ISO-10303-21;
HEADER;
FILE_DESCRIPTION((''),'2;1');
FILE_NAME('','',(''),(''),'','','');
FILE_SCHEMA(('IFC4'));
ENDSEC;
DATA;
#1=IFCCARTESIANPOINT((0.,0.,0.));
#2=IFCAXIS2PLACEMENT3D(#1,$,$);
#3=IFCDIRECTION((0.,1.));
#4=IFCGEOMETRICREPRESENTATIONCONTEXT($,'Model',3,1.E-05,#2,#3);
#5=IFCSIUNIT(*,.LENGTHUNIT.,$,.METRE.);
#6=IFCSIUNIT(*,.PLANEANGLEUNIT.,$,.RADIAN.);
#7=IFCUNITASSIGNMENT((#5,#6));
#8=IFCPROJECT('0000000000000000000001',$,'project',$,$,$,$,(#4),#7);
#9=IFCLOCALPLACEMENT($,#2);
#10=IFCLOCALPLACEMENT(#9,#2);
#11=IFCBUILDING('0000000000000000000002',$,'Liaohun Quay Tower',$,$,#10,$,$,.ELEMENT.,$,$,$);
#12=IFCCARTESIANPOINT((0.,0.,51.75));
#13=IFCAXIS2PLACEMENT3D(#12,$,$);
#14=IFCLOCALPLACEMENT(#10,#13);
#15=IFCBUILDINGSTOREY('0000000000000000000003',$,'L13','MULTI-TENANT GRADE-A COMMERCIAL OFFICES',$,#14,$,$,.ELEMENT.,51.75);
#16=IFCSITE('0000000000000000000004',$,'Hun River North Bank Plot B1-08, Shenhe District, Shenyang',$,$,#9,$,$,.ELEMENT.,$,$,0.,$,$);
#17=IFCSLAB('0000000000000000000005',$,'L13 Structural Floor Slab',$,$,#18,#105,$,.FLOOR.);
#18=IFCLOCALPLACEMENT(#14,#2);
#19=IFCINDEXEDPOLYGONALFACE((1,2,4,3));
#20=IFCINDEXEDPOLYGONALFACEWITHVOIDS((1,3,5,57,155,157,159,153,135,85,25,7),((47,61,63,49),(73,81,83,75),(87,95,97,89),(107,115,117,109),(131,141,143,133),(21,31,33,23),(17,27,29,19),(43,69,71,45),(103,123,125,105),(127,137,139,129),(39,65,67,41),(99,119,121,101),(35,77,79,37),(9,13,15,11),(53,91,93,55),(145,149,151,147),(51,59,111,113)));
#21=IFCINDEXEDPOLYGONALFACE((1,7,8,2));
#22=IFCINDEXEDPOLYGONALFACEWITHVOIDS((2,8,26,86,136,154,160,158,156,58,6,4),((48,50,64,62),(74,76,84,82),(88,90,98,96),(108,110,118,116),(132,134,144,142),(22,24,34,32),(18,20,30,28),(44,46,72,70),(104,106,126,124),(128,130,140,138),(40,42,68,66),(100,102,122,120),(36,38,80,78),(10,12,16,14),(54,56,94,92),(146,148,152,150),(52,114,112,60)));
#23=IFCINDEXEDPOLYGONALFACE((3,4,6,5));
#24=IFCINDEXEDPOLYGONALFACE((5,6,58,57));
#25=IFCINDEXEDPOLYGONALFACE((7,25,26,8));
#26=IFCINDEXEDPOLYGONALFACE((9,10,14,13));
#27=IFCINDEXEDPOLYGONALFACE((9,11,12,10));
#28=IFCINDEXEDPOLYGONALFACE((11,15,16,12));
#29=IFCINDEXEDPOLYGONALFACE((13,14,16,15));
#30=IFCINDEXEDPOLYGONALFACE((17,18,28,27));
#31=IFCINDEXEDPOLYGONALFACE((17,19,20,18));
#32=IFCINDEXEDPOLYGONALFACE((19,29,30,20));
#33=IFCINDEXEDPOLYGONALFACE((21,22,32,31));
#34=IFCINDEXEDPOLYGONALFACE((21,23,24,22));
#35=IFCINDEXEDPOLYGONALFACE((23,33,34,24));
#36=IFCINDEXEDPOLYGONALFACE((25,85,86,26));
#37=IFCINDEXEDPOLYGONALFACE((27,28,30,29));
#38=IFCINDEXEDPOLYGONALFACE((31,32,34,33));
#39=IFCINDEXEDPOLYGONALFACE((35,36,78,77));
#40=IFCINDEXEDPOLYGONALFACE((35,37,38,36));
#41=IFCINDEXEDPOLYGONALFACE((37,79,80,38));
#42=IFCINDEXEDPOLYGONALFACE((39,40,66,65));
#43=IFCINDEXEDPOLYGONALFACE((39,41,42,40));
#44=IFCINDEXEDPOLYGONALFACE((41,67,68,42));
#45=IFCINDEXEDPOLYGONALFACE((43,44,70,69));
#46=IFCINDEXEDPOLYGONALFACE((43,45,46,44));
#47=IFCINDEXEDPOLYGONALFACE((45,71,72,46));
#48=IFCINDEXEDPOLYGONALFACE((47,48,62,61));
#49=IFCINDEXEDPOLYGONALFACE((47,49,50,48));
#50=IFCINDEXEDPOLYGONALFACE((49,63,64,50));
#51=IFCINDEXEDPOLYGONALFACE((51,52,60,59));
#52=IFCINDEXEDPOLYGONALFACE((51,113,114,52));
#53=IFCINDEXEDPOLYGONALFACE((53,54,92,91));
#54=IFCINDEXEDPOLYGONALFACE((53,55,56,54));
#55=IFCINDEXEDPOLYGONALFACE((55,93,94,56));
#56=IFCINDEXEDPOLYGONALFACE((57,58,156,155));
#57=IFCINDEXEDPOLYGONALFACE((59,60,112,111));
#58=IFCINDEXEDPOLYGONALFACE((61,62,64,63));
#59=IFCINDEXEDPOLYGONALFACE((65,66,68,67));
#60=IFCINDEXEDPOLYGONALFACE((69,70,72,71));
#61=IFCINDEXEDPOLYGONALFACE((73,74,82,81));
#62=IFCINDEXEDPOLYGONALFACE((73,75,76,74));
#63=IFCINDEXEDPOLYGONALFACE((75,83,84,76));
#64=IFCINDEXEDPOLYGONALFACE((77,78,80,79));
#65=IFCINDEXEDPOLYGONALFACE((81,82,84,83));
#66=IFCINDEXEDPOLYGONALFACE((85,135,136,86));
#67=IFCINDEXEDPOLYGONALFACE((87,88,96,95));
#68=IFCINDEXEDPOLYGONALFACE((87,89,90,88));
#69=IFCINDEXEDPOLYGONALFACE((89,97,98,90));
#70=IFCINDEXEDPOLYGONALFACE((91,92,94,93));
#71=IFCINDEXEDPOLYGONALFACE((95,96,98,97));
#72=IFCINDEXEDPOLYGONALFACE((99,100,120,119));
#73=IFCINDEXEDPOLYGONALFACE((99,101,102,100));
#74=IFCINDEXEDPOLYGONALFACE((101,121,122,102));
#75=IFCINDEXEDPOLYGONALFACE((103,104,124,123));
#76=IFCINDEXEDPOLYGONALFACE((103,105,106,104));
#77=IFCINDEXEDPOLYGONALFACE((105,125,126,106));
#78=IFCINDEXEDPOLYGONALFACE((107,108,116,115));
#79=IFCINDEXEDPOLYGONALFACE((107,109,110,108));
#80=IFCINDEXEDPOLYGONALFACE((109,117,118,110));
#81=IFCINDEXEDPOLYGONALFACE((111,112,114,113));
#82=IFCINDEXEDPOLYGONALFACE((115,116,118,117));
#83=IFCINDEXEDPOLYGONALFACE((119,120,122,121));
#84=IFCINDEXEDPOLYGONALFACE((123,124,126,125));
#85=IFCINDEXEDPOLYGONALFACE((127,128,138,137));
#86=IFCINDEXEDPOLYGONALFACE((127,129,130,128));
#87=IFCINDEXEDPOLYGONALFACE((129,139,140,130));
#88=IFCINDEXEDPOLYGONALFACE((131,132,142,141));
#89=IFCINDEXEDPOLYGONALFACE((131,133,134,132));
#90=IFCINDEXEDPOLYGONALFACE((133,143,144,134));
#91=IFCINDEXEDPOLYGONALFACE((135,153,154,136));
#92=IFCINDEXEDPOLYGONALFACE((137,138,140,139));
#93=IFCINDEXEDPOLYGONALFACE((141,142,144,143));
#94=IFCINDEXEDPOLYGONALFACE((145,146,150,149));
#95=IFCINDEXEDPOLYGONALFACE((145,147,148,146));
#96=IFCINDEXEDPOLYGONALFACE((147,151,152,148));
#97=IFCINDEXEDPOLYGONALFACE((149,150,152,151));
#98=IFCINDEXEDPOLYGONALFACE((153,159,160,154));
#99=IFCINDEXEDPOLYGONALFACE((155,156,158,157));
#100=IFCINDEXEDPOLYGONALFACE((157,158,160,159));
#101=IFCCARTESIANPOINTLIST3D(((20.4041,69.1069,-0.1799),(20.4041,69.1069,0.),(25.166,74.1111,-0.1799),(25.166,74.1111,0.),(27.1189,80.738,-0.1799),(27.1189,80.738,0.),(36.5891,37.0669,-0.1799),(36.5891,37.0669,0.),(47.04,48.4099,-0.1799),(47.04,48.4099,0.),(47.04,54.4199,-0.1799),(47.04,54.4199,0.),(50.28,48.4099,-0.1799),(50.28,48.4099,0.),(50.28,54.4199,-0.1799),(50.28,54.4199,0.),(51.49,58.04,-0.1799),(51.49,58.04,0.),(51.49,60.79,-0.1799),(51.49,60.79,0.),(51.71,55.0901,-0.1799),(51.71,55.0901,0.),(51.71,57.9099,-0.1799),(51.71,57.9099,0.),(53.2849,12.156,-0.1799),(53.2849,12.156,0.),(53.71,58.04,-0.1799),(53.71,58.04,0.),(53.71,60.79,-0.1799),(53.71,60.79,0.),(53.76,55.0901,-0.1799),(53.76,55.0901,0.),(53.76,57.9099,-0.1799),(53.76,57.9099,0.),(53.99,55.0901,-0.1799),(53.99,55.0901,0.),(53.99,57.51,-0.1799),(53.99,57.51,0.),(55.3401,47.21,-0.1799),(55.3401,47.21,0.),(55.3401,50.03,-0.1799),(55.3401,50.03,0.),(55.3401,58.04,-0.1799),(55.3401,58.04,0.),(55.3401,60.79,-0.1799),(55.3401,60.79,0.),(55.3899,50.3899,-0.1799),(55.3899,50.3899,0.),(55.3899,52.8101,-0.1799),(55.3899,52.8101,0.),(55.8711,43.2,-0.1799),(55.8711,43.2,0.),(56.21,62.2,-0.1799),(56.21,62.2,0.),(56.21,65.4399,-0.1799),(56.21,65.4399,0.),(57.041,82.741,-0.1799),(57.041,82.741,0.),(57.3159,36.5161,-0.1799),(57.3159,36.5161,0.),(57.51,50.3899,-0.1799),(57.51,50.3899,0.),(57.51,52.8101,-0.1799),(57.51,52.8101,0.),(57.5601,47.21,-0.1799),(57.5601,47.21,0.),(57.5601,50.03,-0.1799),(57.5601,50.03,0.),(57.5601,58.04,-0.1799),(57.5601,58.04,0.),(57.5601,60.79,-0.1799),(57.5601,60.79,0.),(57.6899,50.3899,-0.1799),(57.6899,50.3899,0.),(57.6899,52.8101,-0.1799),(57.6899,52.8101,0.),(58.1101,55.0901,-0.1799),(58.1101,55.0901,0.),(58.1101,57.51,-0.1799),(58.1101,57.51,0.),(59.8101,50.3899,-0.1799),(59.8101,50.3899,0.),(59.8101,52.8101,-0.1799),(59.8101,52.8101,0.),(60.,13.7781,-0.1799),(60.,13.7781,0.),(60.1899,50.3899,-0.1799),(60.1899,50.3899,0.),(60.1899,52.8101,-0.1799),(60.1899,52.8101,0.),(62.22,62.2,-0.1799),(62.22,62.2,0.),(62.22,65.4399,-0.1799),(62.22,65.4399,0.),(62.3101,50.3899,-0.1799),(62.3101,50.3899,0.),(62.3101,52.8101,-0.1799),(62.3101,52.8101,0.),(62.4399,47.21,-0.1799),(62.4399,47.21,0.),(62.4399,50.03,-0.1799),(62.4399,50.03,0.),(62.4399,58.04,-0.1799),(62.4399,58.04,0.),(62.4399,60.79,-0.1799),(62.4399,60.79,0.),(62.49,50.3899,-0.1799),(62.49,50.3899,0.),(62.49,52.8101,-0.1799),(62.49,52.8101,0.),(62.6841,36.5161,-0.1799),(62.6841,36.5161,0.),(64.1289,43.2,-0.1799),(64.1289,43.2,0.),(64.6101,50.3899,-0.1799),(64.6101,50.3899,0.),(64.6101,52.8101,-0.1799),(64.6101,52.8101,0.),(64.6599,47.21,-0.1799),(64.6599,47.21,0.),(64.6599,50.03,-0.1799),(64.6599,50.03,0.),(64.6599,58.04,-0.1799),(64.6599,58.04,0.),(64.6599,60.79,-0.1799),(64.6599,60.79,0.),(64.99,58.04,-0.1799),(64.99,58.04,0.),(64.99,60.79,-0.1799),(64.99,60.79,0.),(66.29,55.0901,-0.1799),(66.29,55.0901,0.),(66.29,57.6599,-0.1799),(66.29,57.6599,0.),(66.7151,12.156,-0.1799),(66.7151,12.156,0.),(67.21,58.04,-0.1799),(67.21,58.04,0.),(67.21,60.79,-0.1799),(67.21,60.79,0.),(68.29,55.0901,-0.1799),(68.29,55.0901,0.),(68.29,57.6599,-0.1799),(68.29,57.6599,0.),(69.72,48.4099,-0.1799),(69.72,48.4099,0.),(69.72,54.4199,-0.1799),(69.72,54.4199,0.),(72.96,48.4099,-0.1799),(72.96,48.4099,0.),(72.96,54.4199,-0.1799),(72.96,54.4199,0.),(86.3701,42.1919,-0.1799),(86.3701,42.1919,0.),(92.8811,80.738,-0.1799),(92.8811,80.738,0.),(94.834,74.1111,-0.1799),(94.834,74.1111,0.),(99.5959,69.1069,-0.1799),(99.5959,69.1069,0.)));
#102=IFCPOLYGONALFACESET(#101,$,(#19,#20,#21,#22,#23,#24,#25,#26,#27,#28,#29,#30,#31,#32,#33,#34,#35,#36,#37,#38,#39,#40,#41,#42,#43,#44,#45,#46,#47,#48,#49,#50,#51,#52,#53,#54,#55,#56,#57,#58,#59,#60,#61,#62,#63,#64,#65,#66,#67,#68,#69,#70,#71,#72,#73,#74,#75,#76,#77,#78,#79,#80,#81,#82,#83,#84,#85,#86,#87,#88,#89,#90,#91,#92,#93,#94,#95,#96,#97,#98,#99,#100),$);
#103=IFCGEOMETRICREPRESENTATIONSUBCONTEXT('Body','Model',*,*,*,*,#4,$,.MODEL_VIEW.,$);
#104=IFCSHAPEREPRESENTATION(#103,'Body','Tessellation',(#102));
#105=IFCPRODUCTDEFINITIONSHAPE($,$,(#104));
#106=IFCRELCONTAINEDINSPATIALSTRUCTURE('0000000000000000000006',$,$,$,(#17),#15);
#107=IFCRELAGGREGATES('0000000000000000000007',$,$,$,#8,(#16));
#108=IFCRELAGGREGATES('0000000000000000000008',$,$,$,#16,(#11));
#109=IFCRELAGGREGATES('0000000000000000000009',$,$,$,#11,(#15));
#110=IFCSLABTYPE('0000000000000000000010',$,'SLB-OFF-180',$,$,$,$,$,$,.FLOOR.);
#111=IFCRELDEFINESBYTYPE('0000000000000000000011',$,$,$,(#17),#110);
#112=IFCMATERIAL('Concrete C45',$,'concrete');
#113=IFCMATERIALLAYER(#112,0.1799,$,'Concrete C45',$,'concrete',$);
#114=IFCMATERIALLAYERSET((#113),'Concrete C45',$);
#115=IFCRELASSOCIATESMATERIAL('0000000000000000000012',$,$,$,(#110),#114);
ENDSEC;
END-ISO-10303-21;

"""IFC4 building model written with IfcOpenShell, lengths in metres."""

from ifc_helpers import new_model, si_unit, direction, frame, origin, place, context, subcontext, project, spatial, polyline, outline, extrude, material, layer, layer_set, type_object, element, save


model = new_model("IFC4")

# Units and contexts
model_context = context("Model", 3, precision=1e-05, world=origin(), true_north=direction((0.0, 1.0)))
body_context = subcontext(model_context, "Body", "Model", "MODEL_VIEW")
ifc_project = project(units=[si_unit("LENGTHUNIT", "METRE"), si_unit("PLANEANGLEUNIT", "RADIAN")], contexts=[model_context])

# Site, building, storey
site_placement = place(None, origin())
site = spatial("IfcSite", under=ifc_project, at=site_placement, Name="Hun River North Bank Plot B1-08, Shenhe District, Shenyang", CompositionType="ELEMENT", RefElevation=0.0)
building_placement = place(site_placement, origin())
building = spatial("IfcBuilding", under=site, at=building_placement, Name="Liaohun Quay Tower", CompositionType="ELEMENT")
storey_placement = place(building_placement, frame((0.0, 0.0, 51.75)))
storey = spatial("IfcBuildingStorey", under=building, at=storey_placement, Name="L13", Description="MULTI-TENANT GRADE-A COMMERCIAL OFFICES", CompositionType="ELEMENT", Elevation=51.75)

# Shared definitions
ifc_material_1 = material(Name="Concrete C45", Category="concrete")

# Slab
ifc_layer_1 = layer(ifc_material_1, 0.1799, Name="Concrete C45", Category="concrete")
ifc_layer_set_1 = layer_set([ifc_layer_1], Name="Concrete C45")
slab_type_1 = type_object("IfcSlabType", Name="SLB-OFF-180", PredefinedType="FLOOR", material=ifc_layer_set_1)
slab_1_placement = place(storey_placement, frame((0.0, 0.0, -0.1799)))
element("IfcSlab", 1, at=slab_1_placement, inside=storey, type_object=slab_type_1, Name="L13 Structural Floor Slab", PredefinedType="FLOOR", context=body_context, shape_type="SweptSolid", body=[
    extrude(outline(polyline([(53.2849, 12.156), (60.0, 13.7781), (66.7151, 12.156), (86.3701, 42.1919), (99.5959, 69.1069), (94.834, 74.1111), (92.8811, 80.738), (57.041, 82.741), (27.1189, 80.738), (25.166, 74.1111), (20.4041, 69.1069), (36.5891, 37.0669), (53.2849, 12.156)]), holes=[polyline([(57.5601, 47.21), (57.5601, 50.03), (55.3401, 50.03), (55.3401, 47.21), (57.5601, 47.21)]), polyline([(50.28, 54.4199), (47.04, 54.4199), (47.04, 48.4099), (50.28, 48.4099), (50.28, 54.4199)]), polyline([(57.51, 50.3899), (57.51, 52.8101), (55.3899, 52.8101), (55.3899, 50.3899), (57.51, 50.3899)]), polyline([(59.8101, 50.3899), (59.8101, 52.8101), (57.6899, 52.8101), (57.6899, 50.3899), (59.8101, 50.3899)]), polyline([(58.1101, 57.51), (53.99, 57.51), (53.99, 55.0901), (58.1101, 55.0901), (58.1101, 57.51)]), polyline([(53.76, 55.0901), (53.76, 57.9099), (51.71, 57.9099), (51.71, 55.0901), (53.76, 55.0901)]), polyline([(51.49, 58.04), (53.71, 58.04), (53.71, 60.79), (51.49, 60.79), (51.49, 58.04)]), polyline([(55.3401, 58.04), (57.5601, 58.04), (57.5601, 60.79), (55.3401, 60.79), (55.3401, 58.04)]), polyline([(62.6841, 36.5161), (64.1289, 43.2), (55.8711, 43.2), (57.3159, 36.5161), (62.6841, 36.5161)]), polyline([(64.6599, 47.21), (64.6599, 50.03), (62.4399, 50.03), (62.4399, 47.21), (64.6599, 47.21)]), polyline([(72.96, 54.4199), (69.72, 54.4199), (69.72, 48.4099), (72.96, 48.4099), (72.96, 54.4199)]), polyline([(62.3101, 50.3899), (62.3101, 52.8101), (60.1899, 52.8101), (60.1899, 50.3899), (62.3101, 50.3899)]), polyline([(64.6101, 50.3899), (64.6101, 52.8101), (62.49, 52.8101), (62.49, 50.3899), (64.6101, 50.3899)]), polyline([(68.29, 55.0901), (68.29, 57.6599), (66.29, 57.6599), (66.29, 55.0901), (68.29, 55.0901)]), polyline([(64.6599, 58.04), (64.6599, 60.79), (62.4399, 60.79), (62.4399, 58.04), (64.6599, 58.04)]), polyline([(64.99, 58.04), (67.21, 58.04), (67.21, 60.79), (64.99, 60.79), (64.99, 58.04)]), polyline([(56.21, 62.2), (62.22, 62.2), (62.22, 65.4399), (56.21, 65.4399), (56.21, 62.2)])]), origin(), (0.0, 0.0, 1.0), 0.1799),
])

save(model, "model.ifc")
